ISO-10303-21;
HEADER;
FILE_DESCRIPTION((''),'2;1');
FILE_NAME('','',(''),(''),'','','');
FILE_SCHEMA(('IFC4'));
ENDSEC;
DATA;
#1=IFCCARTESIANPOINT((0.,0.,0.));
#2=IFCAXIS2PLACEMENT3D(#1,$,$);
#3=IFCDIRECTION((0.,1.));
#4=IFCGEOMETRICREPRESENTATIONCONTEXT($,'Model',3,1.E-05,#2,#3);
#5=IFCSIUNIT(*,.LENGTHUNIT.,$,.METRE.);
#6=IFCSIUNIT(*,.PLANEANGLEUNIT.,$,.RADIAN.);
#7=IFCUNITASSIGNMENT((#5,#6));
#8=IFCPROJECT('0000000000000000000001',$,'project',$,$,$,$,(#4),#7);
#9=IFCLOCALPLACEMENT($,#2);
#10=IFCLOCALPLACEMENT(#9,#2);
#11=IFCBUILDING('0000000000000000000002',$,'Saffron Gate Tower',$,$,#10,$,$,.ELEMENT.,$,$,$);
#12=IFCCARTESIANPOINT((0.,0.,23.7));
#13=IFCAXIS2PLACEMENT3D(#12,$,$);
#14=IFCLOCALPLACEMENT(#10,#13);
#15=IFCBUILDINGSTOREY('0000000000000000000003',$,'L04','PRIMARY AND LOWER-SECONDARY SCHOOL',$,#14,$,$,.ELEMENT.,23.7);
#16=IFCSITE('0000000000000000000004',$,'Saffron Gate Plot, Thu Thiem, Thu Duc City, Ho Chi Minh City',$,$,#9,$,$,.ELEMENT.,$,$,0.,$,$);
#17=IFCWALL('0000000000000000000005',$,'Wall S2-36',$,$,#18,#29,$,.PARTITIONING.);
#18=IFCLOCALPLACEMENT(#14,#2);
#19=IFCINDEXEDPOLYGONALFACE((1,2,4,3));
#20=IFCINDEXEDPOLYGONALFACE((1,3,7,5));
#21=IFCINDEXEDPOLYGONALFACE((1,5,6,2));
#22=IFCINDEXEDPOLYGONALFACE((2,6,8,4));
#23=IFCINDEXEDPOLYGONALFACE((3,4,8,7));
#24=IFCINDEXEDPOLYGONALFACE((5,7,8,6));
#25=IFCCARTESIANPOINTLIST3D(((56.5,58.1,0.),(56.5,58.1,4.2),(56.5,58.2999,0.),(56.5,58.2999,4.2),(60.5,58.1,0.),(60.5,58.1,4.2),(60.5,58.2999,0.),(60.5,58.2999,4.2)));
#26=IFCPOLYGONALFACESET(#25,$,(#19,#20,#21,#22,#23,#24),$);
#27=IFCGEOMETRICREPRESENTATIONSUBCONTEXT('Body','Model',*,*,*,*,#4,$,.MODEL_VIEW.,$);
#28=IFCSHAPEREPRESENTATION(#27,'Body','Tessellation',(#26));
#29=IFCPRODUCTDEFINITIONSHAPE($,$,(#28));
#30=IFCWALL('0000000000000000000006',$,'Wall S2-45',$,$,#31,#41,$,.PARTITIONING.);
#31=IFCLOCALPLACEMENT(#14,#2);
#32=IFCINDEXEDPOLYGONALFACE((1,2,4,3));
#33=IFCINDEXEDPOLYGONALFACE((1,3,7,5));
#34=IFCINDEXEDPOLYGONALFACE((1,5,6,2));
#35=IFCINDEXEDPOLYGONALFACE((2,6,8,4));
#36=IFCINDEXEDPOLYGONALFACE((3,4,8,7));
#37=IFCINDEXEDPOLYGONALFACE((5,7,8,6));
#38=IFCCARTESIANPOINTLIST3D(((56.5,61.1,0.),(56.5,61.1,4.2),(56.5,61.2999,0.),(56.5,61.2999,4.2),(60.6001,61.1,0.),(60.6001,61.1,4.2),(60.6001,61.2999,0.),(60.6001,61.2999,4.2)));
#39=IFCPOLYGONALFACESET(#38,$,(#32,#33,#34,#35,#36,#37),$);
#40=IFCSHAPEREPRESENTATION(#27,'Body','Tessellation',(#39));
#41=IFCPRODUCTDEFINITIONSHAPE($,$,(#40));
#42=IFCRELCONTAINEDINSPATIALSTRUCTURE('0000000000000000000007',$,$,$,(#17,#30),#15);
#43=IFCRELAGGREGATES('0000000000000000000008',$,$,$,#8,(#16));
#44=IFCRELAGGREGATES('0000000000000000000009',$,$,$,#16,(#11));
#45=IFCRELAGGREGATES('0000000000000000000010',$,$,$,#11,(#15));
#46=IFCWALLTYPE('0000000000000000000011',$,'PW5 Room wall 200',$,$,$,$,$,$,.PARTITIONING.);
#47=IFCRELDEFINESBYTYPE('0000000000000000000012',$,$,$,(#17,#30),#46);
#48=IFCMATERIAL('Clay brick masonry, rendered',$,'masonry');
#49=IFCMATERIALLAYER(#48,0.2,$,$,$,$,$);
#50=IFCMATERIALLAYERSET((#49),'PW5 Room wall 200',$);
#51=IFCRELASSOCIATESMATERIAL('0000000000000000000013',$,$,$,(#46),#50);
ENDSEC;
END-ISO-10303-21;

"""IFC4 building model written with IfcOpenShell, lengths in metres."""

from ifc_helpers import new_model, si_unit, direction, frame, frame_2d, origin, place, context, subcontext, project, spatial, rectangle, extrude, material, layer, layer_set, type_object, element, save


model = new_model("IFC4")

# Units and contexts
model_context = context("Model", 3, precision=1e-05, world=origin(), true_north=direction((0.0, 1.0)))
body_context = subcontext(model_context, "Body", "Model", "MODEL_VIEW")
ifc_project = project(units=[si_unit("LENGTHUNIT", "METRE"), si_unit("PLANEANGLEUNIT", "RADIAN")], contexts=[model_context])

# Site, building, storey
site_placement = place(None, origin())
site = spatial("IfcSite", under=ifc_project, at=site_placement, Name="Saffron Gate Plot, Thu Thiem, Thu Duc City, Ho Chi Minh City", CompositionType="ELEMENT", RefElevation=0.0)
building_placement = place(site_placement, origin())
building = spatial("IfcBuilding", under=site, at=building_placement, Name="Saffron Gate Tower", CompositionType="ELEMENT")
storey_placement = place(building_placement, frame((0.0, 0.0, 23.7)))
storey = spatial("IfcBuildingStorey", under=building, at=storey_placement, Name="L04", Description="PRIMARY AND LOWER-SECONDARY SCHOOL", CompositionType="ELEMENT", Elevation=23.7)

# Shared definitions
ifc_material_1 = material(Name="Clay brick masonry, rendered", Category="masonry")

# Walls
ifc_layer_1 = layer(ifc_material_1, 0.2)
ifc_layer_set_1 = layer_set([ifc_layer_1], Name="PW5 Room wall 200")
wall_type_1 = type_object("IfcWallType", Name="PW5 Room wall 200", PredefinedType="PARTITIONING", material=ifc_layer_set_1)
wall_1_placement = place(storey_placement, frame((56.5, 58.2, 0.0), z_axis=(0.0, 0.0, 1.0), x_axis=(1.0, 0.0, 0.0)))
element("IfcWall", 1, at=wall_1_placement, inside=storey, type_object=wall_type_1, Name="Wall S2-36", PredefinedType="PARTITIONING", context=body_context, shape_type="SweptSolid", body=[
    extrude(rectangle(XDim=4.0, YDim=0.2, at=frame_2d((2.0, 0.0))), origin(), (0.0, 0.0, 1.0), 4.2),
])
wall_2_placement = place(storey_placement, frame((56.5, 61.2, 0.0), z_axis=(0.0, 0.0, 1.0), x_axis=(1.0, 0.0, 0.0)))
element("IfcWall", 2, at=wall_2_placement, inside=storey, type_object=wall_type_1, Name="Wall S2-45", PredefinedType="PARTITIONING", context=body_context, shape_type="SweptSolid", body=[
    extrude(rectangle(XDim=4.1001, YDim=0.2, at=frame_2d((2.05, 0.0))), origin(), (0.0, 0.0, 1.0), 4.2),
])

save(model, "model.ifc")
